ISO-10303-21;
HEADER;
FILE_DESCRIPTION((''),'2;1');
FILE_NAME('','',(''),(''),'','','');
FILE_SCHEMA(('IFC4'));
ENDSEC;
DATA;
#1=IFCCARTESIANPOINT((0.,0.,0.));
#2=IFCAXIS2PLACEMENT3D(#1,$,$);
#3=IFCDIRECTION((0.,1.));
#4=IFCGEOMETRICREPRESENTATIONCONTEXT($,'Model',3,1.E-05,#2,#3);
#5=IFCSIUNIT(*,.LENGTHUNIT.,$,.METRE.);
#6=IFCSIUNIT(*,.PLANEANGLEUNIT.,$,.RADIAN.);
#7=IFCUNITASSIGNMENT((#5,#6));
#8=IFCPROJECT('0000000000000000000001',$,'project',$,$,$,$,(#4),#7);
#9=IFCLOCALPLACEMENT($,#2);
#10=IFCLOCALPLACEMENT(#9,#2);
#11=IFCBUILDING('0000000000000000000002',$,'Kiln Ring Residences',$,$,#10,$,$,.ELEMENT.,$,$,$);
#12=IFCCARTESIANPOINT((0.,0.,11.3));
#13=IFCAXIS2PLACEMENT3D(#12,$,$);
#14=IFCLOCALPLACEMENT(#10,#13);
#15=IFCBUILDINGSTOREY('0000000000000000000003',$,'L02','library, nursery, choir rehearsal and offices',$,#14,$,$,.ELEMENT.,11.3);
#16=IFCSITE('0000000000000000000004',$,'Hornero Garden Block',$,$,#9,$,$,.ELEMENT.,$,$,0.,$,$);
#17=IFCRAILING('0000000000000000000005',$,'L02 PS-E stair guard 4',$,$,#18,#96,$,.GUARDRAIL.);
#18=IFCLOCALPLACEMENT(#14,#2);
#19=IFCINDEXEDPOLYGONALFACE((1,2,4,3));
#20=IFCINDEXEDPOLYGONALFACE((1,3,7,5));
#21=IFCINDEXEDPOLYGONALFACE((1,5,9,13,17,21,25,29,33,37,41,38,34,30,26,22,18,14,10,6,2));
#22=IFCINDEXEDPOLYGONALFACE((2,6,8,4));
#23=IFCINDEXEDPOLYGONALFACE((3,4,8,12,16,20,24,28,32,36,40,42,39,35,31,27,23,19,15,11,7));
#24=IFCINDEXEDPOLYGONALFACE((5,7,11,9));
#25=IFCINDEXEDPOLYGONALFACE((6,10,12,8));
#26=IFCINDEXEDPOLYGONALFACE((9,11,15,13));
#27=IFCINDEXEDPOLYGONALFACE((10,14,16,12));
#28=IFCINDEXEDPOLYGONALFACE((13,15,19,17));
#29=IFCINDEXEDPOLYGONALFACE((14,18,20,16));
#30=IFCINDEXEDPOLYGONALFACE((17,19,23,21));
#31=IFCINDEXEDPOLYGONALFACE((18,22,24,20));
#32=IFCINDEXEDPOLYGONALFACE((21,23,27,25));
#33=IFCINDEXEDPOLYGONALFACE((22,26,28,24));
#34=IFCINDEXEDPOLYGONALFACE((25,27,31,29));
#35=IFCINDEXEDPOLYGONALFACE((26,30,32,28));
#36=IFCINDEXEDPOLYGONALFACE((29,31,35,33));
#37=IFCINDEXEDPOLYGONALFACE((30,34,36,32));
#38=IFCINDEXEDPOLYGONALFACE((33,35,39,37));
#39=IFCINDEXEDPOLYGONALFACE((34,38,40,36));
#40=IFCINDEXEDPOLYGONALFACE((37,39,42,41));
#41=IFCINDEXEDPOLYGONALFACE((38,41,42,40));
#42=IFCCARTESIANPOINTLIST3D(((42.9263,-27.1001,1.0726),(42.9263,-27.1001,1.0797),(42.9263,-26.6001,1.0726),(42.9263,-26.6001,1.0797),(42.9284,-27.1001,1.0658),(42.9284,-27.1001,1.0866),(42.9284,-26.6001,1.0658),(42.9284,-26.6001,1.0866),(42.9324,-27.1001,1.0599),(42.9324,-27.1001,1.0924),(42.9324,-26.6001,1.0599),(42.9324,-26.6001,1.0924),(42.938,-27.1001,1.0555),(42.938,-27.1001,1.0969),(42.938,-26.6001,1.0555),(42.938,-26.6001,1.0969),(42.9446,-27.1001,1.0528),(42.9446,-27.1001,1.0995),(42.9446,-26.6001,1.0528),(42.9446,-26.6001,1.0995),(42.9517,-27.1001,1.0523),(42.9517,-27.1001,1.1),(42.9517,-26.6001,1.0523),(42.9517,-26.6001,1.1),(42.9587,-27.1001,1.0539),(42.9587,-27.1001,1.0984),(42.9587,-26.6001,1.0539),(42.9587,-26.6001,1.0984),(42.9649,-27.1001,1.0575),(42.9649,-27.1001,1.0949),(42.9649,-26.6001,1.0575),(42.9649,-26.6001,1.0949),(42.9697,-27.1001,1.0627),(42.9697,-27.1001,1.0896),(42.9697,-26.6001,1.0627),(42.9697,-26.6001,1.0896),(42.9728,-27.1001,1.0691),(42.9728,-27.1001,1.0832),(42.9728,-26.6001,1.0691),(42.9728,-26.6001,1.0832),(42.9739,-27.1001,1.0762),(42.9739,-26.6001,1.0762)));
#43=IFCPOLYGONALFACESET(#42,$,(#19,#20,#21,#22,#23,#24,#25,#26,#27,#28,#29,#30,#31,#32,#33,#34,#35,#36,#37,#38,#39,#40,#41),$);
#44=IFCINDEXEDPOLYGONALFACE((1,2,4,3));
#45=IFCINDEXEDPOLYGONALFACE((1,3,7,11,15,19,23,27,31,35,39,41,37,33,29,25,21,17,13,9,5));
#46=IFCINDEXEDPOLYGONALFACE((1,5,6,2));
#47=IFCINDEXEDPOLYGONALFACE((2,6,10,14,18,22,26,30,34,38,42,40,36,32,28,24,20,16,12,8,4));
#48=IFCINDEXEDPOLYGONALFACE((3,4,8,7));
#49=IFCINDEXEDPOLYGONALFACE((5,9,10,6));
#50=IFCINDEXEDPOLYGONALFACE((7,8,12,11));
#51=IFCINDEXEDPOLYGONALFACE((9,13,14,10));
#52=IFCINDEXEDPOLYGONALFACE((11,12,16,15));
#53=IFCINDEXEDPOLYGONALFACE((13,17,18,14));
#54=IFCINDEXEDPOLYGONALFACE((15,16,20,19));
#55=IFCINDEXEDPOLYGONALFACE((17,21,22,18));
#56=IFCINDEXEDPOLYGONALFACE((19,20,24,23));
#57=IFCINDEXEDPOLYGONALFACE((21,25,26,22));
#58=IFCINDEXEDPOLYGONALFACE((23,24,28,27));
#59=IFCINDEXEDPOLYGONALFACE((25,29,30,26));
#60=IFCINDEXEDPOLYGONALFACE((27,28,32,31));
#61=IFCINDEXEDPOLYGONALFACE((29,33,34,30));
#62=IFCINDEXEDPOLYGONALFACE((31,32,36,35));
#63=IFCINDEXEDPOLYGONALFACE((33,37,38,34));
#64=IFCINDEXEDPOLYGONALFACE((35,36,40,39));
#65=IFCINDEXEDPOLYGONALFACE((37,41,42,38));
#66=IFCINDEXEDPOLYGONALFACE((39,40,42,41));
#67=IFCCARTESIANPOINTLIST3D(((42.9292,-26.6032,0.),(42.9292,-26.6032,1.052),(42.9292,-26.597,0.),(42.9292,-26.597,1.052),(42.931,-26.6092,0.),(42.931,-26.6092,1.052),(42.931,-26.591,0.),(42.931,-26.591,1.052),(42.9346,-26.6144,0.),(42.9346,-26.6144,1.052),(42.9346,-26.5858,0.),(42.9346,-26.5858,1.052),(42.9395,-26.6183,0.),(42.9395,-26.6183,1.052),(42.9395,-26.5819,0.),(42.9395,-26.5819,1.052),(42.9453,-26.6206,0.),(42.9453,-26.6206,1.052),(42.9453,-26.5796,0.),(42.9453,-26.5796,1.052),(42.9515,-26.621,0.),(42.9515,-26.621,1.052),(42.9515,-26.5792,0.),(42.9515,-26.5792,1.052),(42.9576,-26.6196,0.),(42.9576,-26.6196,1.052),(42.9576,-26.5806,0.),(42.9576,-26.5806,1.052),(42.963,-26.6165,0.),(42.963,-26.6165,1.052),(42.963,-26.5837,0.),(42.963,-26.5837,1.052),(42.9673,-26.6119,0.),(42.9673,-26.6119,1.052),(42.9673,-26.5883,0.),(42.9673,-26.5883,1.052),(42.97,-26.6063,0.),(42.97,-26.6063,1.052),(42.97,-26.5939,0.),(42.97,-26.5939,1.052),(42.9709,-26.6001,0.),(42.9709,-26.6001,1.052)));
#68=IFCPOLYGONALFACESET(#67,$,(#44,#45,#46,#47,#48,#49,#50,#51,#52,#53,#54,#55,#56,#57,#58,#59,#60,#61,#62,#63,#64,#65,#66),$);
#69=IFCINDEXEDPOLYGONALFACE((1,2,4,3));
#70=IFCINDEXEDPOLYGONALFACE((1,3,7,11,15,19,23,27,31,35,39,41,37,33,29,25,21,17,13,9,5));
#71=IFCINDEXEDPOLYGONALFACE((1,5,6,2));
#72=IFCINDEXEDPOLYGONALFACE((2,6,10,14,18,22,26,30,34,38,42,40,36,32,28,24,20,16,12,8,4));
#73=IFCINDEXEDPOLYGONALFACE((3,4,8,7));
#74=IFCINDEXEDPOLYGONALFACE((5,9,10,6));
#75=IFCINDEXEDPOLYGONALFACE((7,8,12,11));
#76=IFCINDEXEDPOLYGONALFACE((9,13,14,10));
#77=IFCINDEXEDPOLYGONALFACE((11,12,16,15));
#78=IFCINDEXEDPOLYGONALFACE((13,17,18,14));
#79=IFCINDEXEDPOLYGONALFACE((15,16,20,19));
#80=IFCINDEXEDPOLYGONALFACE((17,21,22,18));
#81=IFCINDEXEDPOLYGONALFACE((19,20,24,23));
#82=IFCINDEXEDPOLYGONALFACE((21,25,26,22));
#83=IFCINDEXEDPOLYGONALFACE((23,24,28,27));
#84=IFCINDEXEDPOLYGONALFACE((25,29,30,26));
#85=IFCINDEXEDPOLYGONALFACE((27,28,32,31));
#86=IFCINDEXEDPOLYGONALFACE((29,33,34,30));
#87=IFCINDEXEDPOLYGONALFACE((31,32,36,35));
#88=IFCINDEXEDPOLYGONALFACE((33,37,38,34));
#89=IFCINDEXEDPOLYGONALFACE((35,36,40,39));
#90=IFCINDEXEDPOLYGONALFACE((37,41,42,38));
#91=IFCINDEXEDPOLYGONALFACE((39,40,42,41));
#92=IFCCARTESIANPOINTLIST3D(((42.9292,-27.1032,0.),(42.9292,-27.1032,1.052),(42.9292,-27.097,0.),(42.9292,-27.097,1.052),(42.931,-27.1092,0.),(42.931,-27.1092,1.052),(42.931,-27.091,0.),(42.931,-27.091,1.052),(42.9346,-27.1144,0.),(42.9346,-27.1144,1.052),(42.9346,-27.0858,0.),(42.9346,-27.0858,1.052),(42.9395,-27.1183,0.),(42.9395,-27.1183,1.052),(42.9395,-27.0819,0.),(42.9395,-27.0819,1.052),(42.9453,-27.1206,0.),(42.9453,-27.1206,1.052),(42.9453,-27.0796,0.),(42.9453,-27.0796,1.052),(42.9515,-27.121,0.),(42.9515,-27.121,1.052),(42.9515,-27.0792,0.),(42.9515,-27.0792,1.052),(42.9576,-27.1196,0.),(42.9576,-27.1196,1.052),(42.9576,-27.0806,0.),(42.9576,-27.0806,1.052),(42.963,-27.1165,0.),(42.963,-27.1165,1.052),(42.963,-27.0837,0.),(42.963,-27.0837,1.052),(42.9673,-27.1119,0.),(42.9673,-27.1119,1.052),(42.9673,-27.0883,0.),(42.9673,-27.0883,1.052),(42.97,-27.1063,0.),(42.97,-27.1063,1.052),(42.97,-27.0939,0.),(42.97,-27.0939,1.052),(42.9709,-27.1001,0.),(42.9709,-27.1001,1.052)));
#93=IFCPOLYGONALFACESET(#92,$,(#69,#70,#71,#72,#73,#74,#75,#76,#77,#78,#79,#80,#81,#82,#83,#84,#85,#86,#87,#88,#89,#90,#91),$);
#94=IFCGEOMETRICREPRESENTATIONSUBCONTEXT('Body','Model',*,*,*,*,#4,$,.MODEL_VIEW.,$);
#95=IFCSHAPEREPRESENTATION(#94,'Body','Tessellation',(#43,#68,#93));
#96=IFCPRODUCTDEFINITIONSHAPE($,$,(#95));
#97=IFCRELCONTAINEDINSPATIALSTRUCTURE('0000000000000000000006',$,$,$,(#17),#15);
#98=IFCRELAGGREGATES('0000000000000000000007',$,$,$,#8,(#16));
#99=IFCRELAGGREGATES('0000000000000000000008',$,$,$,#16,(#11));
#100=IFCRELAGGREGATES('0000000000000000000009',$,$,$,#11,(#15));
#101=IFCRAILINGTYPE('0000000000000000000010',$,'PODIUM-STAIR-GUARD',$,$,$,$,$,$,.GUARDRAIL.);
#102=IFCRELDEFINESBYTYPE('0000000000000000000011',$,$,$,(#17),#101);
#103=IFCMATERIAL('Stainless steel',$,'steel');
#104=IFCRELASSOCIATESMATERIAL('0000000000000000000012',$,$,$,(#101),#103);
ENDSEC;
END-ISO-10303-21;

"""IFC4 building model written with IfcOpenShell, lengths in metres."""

from ifc_helpers import new_model, si_unit, direction, frame, origin, origin_2d, place, context, subcontext, project, spatial, circle, extrude, material, type_object, element, save


model = new_model("IFC4")

# Units and contexts
model_context = context("Model", 3, precision=1e-05, world=origin(), true_north=direction((0.0, 1.0)))
body_context = subcontext(model_context, "Body", "Model", "MODEL_VIEW")
ifc_project = project(units=[si_unit("LENGTHUNIT", "METRE"), si_unit("PLANEANGLEUNIT", "RADIAN")], contexts=[model_context])

# Site, building, storey
site_placement = place(None, origin())
site = spatial("IfcSite", under=ifc_project, at=site_placement, Name="Hornero Garden Block", CompositionType="ELEMENT", RefElevation=0.0)
building_placement = place(site_placement, origin())
building = spatial("IfcBuilding", under=site, at=building_placement, Name="Kiln Ring Residences", CompositionType="ELEMENT")
storey_placement = place(building_placement, frame((0.0, 0.0, 11.3)))
storey = spatial("IfcBuildingStorey", under=building, at=storey_placement, Name="L02", Description="library, nursery, choir rehearsal and offices", CompositionType="ELEMENT", Elevation=11.3)

# Railing
ifc_material_1 = material(Name="Stainless steel", Category="steel")
railing_type_1 = type_object("IfcRailingType", Name="PODIUM-STAIR-GUARD", PredefinedType="GUARDRAIL", material=ifc_material_1)
railing_1_placement = place(storey_placement, frame((42.95, -26.6001, 0.0)))
element("IfcRailing", 1, at=railing_1_placement, inside=storey, type_object=railing_type_1, Name="L02 PS-E stair guard 4", PredefinedType="GUARDRAIL", context=body_context, shape_type="SweptSolid", body=[
    extrude(circle(Radius=0.0239, at=origin_2d()), frame((0.0, 0.0, 1.0762), z_axis=(0.0, -1.0, 0.0), x_axis=(1.0, 0.0, 0.0)), (0.0, 0.0, 1.0), 0.5),
    extrude(circle(Radius=0.021, at=origin_2d()), origin(), (0.0, 0.0, 1.0), 1.052),
    extrude(circle(Radius=0.021, at=origin_2d()), frame((0.0, -0.5, 0.0)), (0.0, 0.0, 1.0), 1.052),
])

save(model, "model.ifc")
